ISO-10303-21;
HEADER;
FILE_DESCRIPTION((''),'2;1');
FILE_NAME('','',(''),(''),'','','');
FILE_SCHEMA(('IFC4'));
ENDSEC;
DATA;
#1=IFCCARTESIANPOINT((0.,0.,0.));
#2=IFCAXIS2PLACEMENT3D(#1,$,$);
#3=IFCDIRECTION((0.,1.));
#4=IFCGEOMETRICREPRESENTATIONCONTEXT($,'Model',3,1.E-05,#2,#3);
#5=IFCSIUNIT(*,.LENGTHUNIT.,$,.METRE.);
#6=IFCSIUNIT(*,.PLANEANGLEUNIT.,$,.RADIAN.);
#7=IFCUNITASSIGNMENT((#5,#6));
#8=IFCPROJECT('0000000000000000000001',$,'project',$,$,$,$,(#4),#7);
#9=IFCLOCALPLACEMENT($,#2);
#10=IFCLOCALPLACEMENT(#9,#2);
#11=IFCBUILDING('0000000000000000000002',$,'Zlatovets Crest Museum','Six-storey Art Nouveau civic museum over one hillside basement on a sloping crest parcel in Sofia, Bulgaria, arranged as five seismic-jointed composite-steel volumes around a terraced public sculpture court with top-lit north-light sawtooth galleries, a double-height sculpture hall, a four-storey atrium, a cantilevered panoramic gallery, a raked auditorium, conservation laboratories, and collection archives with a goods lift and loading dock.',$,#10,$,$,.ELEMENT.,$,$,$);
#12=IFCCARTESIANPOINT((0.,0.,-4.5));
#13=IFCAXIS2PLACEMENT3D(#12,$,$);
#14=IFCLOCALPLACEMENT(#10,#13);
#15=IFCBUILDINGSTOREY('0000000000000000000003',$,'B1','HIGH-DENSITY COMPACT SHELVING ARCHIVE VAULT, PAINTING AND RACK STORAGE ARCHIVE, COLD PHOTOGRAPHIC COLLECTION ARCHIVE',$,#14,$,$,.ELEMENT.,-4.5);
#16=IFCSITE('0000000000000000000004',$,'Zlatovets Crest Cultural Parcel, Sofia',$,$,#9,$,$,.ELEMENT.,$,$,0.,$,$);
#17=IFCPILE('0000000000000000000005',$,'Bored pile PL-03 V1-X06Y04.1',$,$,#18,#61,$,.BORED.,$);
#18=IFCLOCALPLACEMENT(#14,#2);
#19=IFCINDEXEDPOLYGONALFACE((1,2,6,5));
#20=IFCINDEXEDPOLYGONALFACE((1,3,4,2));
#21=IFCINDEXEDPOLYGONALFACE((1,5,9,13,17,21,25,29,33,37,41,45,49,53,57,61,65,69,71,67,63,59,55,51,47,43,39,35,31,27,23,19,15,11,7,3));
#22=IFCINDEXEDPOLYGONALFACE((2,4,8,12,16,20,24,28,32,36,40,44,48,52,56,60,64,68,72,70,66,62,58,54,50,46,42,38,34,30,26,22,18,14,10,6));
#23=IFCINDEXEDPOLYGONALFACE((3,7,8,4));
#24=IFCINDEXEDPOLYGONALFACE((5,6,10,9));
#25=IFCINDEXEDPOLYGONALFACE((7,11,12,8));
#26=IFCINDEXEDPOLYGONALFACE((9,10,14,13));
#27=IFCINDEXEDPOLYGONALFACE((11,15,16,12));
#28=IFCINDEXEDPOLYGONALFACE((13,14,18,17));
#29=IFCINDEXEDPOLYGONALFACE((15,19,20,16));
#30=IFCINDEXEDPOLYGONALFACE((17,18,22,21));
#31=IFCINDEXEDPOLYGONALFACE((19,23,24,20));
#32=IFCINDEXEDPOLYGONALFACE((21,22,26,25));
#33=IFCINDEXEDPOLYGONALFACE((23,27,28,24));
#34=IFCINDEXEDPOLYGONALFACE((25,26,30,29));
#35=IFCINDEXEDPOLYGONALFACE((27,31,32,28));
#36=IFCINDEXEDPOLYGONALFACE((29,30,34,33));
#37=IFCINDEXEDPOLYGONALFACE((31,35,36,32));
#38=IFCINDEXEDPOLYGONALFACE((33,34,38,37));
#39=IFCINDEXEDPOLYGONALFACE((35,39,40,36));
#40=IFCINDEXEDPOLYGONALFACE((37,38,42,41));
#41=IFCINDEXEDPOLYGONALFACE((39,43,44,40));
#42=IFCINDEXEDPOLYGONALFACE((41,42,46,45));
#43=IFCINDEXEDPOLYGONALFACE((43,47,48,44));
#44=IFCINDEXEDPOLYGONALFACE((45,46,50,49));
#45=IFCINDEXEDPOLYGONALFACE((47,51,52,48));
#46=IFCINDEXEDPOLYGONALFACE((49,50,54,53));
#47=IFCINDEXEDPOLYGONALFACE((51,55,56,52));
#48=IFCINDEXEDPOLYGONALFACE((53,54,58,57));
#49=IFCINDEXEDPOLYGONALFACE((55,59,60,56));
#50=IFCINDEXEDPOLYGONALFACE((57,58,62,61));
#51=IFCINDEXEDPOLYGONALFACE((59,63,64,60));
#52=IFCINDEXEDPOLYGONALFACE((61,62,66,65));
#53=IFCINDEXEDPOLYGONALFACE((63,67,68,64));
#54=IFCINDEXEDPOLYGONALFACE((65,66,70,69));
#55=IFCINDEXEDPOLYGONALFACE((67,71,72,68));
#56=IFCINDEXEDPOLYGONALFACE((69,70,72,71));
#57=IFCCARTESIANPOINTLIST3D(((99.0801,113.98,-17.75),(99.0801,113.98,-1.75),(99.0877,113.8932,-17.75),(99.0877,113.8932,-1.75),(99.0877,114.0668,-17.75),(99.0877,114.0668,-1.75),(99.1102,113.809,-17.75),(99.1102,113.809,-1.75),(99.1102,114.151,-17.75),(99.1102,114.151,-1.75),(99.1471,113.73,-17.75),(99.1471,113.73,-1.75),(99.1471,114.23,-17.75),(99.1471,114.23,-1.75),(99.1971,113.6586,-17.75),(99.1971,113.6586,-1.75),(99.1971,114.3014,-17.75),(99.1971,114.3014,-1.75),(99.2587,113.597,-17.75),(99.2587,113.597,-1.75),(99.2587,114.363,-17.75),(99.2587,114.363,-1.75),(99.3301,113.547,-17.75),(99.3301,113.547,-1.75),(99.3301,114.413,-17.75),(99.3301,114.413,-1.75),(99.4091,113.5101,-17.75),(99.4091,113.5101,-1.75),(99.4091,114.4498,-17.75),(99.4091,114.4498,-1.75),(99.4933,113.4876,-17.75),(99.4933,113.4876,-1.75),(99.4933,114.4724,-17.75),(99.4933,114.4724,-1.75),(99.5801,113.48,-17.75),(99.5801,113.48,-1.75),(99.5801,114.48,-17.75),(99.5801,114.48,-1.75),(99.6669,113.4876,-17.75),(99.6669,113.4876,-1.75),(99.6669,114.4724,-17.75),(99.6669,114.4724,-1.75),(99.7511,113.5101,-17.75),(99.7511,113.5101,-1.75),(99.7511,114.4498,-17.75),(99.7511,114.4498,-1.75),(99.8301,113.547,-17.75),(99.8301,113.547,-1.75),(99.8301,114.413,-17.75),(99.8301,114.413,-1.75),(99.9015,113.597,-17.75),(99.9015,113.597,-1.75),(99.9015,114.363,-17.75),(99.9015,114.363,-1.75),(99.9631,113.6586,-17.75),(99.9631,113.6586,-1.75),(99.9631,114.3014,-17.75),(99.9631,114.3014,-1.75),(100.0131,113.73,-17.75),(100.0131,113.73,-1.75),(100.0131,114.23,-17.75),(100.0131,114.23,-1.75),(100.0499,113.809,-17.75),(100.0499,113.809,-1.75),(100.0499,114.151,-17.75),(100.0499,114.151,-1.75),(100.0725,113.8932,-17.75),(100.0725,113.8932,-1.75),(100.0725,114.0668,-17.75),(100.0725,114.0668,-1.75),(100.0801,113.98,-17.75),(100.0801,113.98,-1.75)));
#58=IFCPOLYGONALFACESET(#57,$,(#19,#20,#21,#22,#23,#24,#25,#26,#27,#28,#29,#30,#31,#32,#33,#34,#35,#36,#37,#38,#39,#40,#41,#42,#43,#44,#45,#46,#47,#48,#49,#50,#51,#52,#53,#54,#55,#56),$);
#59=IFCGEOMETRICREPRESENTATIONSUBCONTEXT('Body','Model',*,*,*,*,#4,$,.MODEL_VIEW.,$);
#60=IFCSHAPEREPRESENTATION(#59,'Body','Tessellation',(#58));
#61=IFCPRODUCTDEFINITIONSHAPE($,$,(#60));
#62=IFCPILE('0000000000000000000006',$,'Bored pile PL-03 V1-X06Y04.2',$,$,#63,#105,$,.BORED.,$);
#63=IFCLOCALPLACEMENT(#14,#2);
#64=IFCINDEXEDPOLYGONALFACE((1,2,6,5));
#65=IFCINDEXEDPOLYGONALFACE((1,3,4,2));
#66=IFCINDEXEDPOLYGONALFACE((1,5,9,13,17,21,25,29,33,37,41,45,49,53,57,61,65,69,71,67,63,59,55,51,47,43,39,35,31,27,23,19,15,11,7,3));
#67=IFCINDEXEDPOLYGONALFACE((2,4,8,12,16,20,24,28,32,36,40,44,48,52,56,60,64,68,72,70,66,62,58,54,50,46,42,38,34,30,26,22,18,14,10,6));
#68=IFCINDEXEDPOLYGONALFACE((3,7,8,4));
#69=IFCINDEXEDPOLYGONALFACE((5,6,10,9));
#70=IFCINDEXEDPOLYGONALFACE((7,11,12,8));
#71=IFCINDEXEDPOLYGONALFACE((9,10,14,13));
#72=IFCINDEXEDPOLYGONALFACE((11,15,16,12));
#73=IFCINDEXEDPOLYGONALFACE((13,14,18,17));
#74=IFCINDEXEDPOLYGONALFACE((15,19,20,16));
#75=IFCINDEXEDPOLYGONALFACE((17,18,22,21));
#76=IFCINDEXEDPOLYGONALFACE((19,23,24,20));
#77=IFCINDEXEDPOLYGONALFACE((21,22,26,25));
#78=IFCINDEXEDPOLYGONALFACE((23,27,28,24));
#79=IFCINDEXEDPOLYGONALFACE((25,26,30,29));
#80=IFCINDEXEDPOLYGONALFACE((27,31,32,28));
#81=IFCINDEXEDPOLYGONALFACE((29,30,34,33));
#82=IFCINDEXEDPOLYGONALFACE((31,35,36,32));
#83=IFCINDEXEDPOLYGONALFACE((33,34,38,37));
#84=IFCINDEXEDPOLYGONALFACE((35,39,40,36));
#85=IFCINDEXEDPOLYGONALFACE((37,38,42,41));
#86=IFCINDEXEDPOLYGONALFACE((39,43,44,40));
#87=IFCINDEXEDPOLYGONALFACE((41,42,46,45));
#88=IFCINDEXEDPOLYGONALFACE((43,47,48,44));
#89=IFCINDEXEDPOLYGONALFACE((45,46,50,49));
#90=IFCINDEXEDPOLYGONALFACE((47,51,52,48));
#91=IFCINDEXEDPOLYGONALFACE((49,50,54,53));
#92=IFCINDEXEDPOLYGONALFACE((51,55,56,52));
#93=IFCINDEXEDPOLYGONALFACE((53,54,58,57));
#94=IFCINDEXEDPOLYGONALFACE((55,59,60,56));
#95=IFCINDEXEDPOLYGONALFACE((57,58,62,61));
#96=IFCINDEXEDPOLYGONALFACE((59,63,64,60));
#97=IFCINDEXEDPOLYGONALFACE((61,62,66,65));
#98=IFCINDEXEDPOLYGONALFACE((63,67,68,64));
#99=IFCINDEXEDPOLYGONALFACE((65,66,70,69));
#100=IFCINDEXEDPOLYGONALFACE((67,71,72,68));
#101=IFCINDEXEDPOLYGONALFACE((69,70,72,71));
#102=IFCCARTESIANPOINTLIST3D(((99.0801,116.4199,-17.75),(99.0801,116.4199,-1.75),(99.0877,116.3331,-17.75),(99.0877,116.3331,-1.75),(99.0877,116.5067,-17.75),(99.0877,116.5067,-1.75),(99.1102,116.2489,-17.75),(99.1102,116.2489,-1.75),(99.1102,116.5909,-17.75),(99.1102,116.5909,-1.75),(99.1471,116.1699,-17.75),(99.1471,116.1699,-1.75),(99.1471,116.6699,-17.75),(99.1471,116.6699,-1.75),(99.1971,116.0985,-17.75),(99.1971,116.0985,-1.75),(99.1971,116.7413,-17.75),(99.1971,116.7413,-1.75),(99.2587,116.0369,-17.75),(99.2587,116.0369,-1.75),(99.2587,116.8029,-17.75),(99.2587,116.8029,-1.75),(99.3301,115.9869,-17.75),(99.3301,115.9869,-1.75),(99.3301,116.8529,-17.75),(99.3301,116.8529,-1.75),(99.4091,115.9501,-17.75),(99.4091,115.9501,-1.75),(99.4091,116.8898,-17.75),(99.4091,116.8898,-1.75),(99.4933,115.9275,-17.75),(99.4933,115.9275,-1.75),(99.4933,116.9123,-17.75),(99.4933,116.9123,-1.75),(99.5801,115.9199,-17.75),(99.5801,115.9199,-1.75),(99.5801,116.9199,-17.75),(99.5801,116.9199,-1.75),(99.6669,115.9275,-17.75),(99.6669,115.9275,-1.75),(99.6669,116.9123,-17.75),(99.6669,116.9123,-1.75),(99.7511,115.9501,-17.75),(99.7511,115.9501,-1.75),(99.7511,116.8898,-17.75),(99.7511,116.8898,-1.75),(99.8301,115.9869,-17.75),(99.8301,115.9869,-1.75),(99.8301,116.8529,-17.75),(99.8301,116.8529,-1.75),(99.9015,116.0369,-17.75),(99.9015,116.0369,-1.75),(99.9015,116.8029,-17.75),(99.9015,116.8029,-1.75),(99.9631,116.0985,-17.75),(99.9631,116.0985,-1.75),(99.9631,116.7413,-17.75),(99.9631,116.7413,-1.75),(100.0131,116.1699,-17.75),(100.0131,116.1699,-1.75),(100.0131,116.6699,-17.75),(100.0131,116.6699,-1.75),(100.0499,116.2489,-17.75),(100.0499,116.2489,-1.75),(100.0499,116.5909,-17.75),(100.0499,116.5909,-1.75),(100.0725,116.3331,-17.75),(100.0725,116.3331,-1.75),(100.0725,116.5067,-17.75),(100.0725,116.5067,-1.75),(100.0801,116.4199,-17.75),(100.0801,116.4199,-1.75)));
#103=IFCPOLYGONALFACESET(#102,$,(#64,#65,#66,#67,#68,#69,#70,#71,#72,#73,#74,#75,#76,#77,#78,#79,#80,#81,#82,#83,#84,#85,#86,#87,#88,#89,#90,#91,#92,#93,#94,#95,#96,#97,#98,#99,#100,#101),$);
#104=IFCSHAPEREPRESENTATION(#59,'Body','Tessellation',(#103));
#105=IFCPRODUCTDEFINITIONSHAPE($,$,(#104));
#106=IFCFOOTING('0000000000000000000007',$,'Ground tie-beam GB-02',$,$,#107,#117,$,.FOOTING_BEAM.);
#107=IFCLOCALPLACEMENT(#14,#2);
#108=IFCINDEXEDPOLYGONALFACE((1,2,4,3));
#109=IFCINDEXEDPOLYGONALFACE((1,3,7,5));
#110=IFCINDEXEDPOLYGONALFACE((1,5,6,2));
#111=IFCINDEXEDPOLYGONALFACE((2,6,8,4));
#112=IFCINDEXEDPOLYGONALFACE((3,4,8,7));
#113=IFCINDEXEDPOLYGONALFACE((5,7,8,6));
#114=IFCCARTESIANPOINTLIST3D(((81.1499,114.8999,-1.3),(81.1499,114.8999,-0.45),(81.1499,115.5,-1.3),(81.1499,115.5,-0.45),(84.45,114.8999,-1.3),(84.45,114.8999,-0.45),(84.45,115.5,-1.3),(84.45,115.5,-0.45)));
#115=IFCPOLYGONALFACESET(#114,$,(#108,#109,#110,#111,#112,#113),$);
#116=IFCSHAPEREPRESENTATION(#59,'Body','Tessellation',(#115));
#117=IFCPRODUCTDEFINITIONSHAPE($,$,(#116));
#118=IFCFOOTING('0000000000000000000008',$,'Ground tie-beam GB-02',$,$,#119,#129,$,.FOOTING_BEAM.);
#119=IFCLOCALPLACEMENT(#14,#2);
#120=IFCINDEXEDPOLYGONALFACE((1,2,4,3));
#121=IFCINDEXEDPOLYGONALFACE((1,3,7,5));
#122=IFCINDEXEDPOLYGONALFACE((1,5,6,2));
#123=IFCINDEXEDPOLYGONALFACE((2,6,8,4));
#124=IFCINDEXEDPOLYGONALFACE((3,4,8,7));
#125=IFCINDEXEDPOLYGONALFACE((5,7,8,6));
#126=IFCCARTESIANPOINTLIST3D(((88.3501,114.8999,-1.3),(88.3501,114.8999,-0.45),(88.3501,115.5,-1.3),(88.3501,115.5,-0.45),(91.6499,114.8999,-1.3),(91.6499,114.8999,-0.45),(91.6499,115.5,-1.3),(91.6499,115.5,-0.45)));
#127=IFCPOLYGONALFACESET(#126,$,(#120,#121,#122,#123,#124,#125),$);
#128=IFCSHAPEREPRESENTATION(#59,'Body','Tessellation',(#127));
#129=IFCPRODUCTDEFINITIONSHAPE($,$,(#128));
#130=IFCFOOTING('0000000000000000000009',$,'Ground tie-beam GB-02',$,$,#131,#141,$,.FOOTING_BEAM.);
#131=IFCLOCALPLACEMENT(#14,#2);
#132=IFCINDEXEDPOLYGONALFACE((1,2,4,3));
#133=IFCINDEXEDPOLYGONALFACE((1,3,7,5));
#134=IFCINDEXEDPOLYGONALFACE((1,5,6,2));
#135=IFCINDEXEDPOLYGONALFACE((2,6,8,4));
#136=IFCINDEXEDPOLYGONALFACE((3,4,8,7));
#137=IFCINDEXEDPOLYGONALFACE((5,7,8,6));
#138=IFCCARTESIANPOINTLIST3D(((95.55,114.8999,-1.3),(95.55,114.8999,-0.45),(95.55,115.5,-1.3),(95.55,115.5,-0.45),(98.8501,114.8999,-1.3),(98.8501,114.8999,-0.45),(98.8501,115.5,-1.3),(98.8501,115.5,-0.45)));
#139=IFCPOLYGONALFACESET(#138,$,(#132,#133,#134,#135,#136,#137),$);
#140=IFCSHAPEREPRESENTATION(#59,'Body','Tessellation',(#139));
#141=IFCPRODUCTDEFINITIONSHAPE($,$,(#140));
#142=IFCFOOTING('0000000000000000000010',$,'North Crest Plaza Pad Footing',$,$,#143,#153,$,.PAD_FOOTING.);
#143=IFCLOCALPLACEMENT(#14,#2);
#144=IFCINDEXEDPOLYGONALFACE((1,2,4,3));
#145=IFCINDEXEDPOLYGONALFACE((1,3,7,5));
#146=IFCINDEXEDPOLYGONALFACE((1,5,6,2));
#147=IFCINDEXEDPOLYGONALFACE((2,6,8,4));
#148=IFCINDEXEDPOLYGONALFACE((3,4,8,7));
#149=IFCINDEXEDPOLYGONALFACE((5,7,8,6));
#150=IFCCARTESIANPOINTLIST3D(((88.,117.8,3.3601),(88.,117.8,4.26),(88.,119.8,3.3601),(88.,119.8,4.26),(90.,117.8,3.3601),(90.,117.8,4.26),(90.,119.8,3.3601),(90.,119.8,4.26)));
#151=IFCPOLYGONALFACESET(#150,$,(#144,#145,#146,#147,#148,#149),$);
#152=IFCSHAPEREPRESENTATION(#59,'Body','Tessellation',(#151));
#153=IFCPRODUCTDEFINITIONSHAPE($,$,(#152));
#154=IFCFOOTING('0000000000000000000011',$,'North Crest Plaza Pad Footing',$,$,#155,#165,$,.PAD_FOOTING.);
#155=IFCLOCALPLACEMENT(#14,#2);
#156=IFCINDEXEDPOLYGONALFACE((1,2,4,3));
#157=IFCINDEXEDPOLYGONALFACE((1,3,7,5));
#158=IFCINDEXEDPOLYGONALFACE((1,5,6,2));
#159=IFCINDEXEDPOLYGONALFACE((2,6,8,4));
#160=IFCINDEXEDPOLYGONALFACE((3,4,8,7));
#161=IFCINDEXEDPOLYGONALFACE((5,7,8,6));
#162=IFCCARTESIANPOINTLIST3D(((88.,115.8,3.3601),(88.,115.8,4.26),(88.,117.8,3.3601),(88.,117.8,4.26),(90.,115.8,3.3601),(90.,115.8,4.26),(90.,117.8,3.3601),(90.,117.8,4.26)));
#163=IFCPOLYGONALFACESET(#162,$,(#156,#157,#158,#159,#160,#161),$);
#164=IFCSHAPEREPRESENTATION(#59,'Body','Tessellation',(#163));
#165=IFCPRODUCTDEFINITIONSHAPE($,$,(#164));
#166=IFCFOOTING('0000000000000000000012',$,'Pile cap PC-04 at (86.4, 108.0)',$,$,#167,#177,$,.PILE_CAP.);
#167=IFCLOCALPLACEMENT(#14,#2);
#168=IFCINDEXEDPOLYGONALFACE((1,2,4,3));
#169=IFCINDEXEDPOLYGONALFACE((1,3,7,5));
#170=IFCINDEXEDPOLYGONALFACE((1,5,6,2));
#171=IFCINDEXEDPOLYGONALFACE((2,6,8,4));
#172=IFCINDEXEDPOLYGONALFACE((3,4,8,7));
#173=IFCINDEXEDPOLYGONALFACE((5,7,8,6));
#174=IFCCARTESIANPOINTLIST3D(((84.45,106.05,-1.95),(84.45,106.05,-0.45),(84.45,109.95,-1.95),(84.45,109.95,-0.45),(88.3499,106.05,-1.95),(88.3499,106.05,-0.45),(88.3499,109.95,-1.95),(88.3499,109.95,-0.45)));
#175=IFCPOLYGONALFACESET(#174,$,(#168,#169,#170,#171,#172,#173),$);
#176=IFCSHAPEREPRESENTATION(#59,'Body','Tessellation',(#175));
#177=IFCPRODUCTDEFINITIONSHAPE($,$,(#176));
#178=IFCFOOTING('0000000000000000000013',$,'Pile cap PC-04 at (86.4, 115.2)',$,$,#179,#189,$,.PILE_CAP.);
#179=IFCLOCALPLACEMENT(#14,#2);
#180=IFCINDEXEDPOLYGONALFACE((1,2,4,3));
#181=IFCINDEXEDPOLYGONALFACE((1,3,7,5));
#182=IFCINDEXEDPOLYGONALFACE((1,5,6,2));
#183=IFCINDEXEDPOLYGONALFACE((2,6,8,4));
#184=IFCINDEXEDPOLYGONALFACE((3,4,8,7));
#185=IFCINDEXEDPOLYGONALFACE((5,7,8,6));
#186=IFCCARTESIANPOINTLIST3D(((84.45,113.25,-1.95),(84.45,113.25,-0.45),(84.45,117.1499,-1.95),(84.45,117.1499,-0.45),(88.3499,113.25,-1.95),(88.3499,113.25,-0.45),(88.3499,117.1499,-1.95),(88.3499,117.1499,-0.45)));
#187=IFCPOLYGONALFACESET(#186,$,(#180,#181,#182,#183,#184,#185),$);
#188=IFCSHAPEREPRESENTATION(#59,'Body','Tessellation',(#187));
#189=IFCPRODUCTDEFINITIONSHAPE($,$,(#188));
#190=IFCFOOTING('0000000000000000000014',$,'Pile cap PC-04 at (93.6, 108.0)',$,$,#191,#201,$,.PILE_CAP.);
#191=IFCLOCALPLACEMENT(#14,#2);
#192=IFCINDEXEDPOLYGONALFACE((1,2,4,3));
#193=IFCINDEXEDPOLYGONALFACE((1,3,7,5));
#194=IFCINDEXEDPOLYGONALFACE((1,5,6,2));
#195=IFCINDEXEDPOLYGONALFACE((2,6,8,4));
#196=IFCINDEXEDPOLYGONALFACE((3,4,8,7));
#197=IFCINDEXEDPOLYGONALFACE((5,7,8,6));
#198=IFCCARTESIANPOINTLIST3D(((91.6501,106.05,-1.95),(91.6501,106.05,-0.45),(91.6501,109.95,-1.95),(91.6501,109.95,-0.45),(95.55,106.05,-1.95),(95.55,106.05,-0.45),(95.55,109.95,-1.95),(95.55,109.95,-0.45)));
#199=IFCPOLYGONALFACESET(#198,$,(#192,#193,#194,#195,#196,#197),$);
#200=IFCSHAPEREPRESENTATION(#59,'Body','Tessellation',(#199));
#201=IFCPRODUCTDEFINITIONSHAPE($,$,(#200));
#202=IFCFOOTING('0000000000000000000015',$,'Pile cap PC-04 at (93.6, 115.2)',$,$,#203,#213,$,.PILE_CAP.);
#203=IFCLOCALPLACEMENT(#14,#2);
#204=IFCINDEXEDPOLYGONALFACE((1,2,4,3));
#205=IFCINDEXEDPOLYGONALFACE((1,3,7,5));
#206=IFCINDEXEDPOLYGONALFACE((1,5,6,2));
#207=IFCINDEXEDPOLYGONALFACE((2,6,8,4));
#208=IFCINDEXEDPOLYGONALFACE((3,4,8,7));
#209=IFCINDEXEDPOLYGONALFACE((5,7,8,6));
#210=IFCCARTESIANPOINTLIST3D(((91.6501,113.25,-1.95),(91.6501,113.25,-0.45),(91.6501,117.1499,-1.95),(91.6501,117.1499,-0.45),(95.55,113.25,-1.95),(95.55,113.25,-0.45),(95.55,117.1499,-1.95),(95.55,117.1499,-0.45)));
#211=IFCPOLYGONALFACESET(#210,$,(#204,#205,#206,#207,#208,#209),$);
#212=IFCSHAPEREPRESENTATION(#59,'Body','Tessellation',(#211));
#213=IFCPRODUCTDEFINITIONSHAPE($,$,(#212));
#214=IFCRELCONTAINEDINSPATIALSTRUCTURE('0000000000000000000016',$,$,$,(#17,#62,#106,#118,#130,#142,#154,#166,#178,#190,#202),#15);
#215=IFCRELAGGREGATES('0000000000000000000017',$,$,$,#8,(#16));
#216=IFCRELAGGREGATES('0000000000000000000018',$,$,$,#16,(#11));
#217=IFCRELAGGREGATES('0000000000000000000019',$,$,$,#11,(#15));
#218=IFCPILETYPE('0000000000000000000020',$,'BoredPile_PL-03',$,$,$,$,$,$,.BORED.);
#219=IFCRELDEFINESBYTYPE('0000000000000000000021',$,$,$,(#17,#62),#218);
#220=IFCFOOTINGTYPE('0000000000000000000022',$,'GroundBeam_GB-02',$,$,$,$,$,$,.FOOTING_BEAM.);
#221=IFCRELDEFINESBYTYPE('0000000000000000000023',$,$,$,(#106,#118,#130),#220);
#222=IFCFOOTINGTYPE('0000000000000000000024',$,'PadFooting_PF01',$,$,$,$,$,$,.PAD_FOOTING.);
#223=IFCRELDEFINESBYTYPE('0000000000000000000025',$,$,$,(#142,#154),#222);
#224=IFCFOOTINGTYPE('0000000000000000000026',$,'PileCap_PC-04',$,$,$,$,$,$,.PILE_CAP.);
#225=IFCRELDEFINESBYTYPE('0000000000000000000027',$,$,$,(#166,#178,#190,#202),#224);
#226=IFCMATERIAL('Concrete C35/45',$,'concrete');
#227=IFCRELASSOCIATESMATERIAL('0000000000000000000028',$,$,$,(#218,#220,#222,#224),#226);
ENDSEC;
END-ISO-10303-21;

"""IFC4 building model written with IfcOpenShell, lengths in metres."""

from ifc_helpers import new_model, si_unit, direction, frame, origin, origin_2d, place, context, subcontext, project, spatial, rectangle, circle, extrude, material, material_profile, profile_set, type_object, element, save


model = new_model("IFC4")

# Units and contexts
model_context = context("Model", 3, precision=1e-05, world=origin(), true_north=direction((0.0, 1.0)))
body_context = subcontext(model_context, "Body", "Model", "MODEL_VIEW")
ifc_project = project(units=[si_unit("LENGTHUNIT", "METRE"), si_unit("PLANEANGLEUNIT", "RADIAN")], contexts=[model_context])

# Site, building, storey
site_placement = place(None, origin())
site = spatial("IfcSite", under=ifc_project, at=site_placement, Name="Zlatovets Crest Cultural Parcel, Sofia", CompositionType="ELEMENT", RefElevation=0.0)
building_placement = place(site_placement, origin())
building = spatial("IfcBuilding", under=site, at=building_placement, Name="Zlatovets Crest Museum", Description="Six-storey Art Nouveau civic museum over one hillside basement on a sloping crest parcel in Sofia, Bulgaria, arranged as five seismic-jointed composite-steel volumes around a terraced public sculpture court with top-lit north-light sawtooth galleries, a double-height sculpture hall, a four-storey atrium, a cantilevered panoramic gallery, a raked auditorium, conservation laboratories, and collection archives with a goods lift and loading dock.", CompositionType="ELEMENT")
storey_placement = place(building_placement, frame((0.0, 0.0, -4.5)))
storey = spatial("IfcBuildingStorey", under=building, at=storey_placement, Name="B1", Description="HIGH-DENSITY COMPACT SHELVING ARCHIVE VAULT, PAINTING AND RACK STORAGE ARCHIVE, COLD PHOTOGRAPHIC COLLECTION ARCHIVE", CompositionType="ELEMENT", Elevation=-4.5)

# Piles
ifc_material = material(Name="Concrete C35/45", Category="concrete")
ifc_material_profile_1 = material_profile(ifc_material, circle(Radius=0.5, at=origin_2d()), Name="PILE D1000")
ifc_profile_set_1 = profile_set([ifc_material_profile_1], Name="Concrete C35/45")
pile_type = type_object("IfcPileType", Name="BoredPile_PL-03", PredefinedType="BORED", material=ifc_profile_set_1)
for number, where, z_axis, x_axis, name in (
    (1, (99.5801, 113.98, -1.75), (0.0, 0.0, -1.0), (1.0, 0.0, 0.0), "Bored pile PL-03 V1-X06Y04.1"),
    (2, (99.5801, 116.4199, -1.75), (0.0, 0.0, -1.0), (1.0, 0.0, 0.0), "Bored pile PL-03 V1-X06Y04.2"),
):
    element("IfcPile", number, at=place(storey_placement, frame(where, z_axis=z_axis, x_axis=x_axis)), inside=storey, type_object=pile_type, Name=name, PredefinedType="BORED", context=body_context, shape_type="SweptSolid", body=[
        extrude(circle(Radius=0.5, at=origin_2d()), origin(), (0.0, 0.0, 1.0), 16.0),
    ])

# Footings
ifc_material_profile_2 = material_profile(ifc_material, rectangle(XDim=0.6001, YDim=0.8501, at=origin_2d()), Name="RC 600x850")
ifc_profile_set_2 = profile_set([ifc_material_profile_2], Name="Concrete C35/45")
footing_type_1 = type_object("IfcFootingType", Name="GroundBeam_GB-02", PredefinedType="FOOTING_BEAM", material=ifc_profile_set_2)
footing_1_placement = place(storey_placement, frame((81.1499, 115.2, -0.875), z_axis=(1.0, 0.0, 0.0), x_axis=(0.0, 1.0, 0.0)))
element("IfcFooting", 3, at=footing_1_placement, inside=storey, type_object=footing_type_1, Name="Ground tie-beam GB-02", PredefinedType="FOOTING_BEAM", context=body_context, shape_type="SweptSolid", body=[
    extrude(rectangle(XDim=0.6001, YDim=0.8501, at=origin_2d()), origin(), (0.0, 0.0, 1.0), 3.3),
])
footing_2_placement = place(storey_placement, frame((88.3501, 115.2, -0.875), z_axis=(1.0, 0.0, 0.0), x_axis=(0.0, 1.0, 0.0)))
element("IfcFooting", 4, at=footing_2_placement, inside=storey, type_object=footing_type_1, Name="Ground tie-beam GB-02", PredefinedType="FOOTING_BEAM", context=body_context, shape_type="SweptSolid", body=[
    extrude(rectangle(XDim=0.6001, YDim=0.8501, at=origin_2d()), origin(), (0.0, 0.0, 1.0), 3.2998),
])
footing_3_placement = place(storey_placement, frame((95.55, 115.2, -0.875), z_axis=(1.0, 0.0, 0.0), x_axis=(0.0, 1.0, 0.0)))
element("IfcFooting", 5, at=footing_3_placement, inside=storey, type_object=footing_type_1, Name="Ground tie-beam GB-02", PredefinedType="FOOTING_BEAM", context=body_context, shape_type="SweptSolid", body=[
    extrude(rectangle(XDim=0.6001, YDim=0.8501, at=origin_2d()), origin(), (0.0, 0.0, 1.0), 3.3),
])
footing_type_2 = type_object("IfcFootingType", Name="PadFooting_PF01", PredefinedType="PAD_FOOTING", material=ifc_material)
for number, where, z_axis, x_axis, name in (
    (6, (89.0, 118.8, 3.3601), (0.0, 0.0, 1.0), (1.0, 0.0, 0.0), "North Crest Plaza Pad Footing"),
    (7, (89.0, 116.8, 3.3601), (0.0, 0.0, 1.0), (1.0, 0.0, 0.0), "North Crest Plaza Pad Footing"),
):
    element("IfcFooting", number, at=place(storey_placement, frame(where, z_axis=z_axis, x_axis=x_axis)), inside=storey, type_object=footing_type_2, Name=name, PredefinedType="PAD_FOOTING", context=body_context, shape_type="SweptSolid", body=[
        extrude(rectangle(XDim=2.0, YDim=2.0, at=origin_2d()), origin(), (0.0, 0.0, 1.0), 0.8999),
    ])
footing_type_3 = type_object("IfcFootingType", Name="PileCap_PC-04", PredefinedType="PILE_CAP", material=ifc_material)
for number, where, z_axis, x_axis, name in (
    (8, (86.3999, 108.0, -1.95), (0.0, 0.0, 1.0), (1.0, 0.0, 0.0), "Pile cap PC-04 at (86.4, 108.0)"),
    (9, (86.3999, 115.2, -1.95), (0.0, 0.0, 1.0), (1.0, 0.0, 0.0), "Pile cap PC-04 at (86.4, 115.2)"),
    (10, (93.6001, 108.0, -1.95), (0.0, 0.0, 1.0), (1.0, 0.0, 0.0), "Pile cap PC-04 at (93.6, 108.0)"),
    (11, (93.6001, 115.2, -1.95), (0.0, 0.0, 1.0), (1.0, 0.0, 0.0), "Pile cap PC-04 at (93.6, 115.2)"),
):
    element("IfcFooting", number, at=place(storey_placement, frame(where, z_axis=z_axis, x_axis=x_axis)), inside=storey, type_object=footing_type_3, Name=name, PredefinedType="PILE_CAP", context=body_context, shape_type="SweptSolid", body=[
        extrude(rectangle(XDim=3.8999, YDim=3.8999, at=origin_2d()), origin(), (0.0, 0.0, 1.0), 1.5),
    ])

save(model, "model.ifc")
